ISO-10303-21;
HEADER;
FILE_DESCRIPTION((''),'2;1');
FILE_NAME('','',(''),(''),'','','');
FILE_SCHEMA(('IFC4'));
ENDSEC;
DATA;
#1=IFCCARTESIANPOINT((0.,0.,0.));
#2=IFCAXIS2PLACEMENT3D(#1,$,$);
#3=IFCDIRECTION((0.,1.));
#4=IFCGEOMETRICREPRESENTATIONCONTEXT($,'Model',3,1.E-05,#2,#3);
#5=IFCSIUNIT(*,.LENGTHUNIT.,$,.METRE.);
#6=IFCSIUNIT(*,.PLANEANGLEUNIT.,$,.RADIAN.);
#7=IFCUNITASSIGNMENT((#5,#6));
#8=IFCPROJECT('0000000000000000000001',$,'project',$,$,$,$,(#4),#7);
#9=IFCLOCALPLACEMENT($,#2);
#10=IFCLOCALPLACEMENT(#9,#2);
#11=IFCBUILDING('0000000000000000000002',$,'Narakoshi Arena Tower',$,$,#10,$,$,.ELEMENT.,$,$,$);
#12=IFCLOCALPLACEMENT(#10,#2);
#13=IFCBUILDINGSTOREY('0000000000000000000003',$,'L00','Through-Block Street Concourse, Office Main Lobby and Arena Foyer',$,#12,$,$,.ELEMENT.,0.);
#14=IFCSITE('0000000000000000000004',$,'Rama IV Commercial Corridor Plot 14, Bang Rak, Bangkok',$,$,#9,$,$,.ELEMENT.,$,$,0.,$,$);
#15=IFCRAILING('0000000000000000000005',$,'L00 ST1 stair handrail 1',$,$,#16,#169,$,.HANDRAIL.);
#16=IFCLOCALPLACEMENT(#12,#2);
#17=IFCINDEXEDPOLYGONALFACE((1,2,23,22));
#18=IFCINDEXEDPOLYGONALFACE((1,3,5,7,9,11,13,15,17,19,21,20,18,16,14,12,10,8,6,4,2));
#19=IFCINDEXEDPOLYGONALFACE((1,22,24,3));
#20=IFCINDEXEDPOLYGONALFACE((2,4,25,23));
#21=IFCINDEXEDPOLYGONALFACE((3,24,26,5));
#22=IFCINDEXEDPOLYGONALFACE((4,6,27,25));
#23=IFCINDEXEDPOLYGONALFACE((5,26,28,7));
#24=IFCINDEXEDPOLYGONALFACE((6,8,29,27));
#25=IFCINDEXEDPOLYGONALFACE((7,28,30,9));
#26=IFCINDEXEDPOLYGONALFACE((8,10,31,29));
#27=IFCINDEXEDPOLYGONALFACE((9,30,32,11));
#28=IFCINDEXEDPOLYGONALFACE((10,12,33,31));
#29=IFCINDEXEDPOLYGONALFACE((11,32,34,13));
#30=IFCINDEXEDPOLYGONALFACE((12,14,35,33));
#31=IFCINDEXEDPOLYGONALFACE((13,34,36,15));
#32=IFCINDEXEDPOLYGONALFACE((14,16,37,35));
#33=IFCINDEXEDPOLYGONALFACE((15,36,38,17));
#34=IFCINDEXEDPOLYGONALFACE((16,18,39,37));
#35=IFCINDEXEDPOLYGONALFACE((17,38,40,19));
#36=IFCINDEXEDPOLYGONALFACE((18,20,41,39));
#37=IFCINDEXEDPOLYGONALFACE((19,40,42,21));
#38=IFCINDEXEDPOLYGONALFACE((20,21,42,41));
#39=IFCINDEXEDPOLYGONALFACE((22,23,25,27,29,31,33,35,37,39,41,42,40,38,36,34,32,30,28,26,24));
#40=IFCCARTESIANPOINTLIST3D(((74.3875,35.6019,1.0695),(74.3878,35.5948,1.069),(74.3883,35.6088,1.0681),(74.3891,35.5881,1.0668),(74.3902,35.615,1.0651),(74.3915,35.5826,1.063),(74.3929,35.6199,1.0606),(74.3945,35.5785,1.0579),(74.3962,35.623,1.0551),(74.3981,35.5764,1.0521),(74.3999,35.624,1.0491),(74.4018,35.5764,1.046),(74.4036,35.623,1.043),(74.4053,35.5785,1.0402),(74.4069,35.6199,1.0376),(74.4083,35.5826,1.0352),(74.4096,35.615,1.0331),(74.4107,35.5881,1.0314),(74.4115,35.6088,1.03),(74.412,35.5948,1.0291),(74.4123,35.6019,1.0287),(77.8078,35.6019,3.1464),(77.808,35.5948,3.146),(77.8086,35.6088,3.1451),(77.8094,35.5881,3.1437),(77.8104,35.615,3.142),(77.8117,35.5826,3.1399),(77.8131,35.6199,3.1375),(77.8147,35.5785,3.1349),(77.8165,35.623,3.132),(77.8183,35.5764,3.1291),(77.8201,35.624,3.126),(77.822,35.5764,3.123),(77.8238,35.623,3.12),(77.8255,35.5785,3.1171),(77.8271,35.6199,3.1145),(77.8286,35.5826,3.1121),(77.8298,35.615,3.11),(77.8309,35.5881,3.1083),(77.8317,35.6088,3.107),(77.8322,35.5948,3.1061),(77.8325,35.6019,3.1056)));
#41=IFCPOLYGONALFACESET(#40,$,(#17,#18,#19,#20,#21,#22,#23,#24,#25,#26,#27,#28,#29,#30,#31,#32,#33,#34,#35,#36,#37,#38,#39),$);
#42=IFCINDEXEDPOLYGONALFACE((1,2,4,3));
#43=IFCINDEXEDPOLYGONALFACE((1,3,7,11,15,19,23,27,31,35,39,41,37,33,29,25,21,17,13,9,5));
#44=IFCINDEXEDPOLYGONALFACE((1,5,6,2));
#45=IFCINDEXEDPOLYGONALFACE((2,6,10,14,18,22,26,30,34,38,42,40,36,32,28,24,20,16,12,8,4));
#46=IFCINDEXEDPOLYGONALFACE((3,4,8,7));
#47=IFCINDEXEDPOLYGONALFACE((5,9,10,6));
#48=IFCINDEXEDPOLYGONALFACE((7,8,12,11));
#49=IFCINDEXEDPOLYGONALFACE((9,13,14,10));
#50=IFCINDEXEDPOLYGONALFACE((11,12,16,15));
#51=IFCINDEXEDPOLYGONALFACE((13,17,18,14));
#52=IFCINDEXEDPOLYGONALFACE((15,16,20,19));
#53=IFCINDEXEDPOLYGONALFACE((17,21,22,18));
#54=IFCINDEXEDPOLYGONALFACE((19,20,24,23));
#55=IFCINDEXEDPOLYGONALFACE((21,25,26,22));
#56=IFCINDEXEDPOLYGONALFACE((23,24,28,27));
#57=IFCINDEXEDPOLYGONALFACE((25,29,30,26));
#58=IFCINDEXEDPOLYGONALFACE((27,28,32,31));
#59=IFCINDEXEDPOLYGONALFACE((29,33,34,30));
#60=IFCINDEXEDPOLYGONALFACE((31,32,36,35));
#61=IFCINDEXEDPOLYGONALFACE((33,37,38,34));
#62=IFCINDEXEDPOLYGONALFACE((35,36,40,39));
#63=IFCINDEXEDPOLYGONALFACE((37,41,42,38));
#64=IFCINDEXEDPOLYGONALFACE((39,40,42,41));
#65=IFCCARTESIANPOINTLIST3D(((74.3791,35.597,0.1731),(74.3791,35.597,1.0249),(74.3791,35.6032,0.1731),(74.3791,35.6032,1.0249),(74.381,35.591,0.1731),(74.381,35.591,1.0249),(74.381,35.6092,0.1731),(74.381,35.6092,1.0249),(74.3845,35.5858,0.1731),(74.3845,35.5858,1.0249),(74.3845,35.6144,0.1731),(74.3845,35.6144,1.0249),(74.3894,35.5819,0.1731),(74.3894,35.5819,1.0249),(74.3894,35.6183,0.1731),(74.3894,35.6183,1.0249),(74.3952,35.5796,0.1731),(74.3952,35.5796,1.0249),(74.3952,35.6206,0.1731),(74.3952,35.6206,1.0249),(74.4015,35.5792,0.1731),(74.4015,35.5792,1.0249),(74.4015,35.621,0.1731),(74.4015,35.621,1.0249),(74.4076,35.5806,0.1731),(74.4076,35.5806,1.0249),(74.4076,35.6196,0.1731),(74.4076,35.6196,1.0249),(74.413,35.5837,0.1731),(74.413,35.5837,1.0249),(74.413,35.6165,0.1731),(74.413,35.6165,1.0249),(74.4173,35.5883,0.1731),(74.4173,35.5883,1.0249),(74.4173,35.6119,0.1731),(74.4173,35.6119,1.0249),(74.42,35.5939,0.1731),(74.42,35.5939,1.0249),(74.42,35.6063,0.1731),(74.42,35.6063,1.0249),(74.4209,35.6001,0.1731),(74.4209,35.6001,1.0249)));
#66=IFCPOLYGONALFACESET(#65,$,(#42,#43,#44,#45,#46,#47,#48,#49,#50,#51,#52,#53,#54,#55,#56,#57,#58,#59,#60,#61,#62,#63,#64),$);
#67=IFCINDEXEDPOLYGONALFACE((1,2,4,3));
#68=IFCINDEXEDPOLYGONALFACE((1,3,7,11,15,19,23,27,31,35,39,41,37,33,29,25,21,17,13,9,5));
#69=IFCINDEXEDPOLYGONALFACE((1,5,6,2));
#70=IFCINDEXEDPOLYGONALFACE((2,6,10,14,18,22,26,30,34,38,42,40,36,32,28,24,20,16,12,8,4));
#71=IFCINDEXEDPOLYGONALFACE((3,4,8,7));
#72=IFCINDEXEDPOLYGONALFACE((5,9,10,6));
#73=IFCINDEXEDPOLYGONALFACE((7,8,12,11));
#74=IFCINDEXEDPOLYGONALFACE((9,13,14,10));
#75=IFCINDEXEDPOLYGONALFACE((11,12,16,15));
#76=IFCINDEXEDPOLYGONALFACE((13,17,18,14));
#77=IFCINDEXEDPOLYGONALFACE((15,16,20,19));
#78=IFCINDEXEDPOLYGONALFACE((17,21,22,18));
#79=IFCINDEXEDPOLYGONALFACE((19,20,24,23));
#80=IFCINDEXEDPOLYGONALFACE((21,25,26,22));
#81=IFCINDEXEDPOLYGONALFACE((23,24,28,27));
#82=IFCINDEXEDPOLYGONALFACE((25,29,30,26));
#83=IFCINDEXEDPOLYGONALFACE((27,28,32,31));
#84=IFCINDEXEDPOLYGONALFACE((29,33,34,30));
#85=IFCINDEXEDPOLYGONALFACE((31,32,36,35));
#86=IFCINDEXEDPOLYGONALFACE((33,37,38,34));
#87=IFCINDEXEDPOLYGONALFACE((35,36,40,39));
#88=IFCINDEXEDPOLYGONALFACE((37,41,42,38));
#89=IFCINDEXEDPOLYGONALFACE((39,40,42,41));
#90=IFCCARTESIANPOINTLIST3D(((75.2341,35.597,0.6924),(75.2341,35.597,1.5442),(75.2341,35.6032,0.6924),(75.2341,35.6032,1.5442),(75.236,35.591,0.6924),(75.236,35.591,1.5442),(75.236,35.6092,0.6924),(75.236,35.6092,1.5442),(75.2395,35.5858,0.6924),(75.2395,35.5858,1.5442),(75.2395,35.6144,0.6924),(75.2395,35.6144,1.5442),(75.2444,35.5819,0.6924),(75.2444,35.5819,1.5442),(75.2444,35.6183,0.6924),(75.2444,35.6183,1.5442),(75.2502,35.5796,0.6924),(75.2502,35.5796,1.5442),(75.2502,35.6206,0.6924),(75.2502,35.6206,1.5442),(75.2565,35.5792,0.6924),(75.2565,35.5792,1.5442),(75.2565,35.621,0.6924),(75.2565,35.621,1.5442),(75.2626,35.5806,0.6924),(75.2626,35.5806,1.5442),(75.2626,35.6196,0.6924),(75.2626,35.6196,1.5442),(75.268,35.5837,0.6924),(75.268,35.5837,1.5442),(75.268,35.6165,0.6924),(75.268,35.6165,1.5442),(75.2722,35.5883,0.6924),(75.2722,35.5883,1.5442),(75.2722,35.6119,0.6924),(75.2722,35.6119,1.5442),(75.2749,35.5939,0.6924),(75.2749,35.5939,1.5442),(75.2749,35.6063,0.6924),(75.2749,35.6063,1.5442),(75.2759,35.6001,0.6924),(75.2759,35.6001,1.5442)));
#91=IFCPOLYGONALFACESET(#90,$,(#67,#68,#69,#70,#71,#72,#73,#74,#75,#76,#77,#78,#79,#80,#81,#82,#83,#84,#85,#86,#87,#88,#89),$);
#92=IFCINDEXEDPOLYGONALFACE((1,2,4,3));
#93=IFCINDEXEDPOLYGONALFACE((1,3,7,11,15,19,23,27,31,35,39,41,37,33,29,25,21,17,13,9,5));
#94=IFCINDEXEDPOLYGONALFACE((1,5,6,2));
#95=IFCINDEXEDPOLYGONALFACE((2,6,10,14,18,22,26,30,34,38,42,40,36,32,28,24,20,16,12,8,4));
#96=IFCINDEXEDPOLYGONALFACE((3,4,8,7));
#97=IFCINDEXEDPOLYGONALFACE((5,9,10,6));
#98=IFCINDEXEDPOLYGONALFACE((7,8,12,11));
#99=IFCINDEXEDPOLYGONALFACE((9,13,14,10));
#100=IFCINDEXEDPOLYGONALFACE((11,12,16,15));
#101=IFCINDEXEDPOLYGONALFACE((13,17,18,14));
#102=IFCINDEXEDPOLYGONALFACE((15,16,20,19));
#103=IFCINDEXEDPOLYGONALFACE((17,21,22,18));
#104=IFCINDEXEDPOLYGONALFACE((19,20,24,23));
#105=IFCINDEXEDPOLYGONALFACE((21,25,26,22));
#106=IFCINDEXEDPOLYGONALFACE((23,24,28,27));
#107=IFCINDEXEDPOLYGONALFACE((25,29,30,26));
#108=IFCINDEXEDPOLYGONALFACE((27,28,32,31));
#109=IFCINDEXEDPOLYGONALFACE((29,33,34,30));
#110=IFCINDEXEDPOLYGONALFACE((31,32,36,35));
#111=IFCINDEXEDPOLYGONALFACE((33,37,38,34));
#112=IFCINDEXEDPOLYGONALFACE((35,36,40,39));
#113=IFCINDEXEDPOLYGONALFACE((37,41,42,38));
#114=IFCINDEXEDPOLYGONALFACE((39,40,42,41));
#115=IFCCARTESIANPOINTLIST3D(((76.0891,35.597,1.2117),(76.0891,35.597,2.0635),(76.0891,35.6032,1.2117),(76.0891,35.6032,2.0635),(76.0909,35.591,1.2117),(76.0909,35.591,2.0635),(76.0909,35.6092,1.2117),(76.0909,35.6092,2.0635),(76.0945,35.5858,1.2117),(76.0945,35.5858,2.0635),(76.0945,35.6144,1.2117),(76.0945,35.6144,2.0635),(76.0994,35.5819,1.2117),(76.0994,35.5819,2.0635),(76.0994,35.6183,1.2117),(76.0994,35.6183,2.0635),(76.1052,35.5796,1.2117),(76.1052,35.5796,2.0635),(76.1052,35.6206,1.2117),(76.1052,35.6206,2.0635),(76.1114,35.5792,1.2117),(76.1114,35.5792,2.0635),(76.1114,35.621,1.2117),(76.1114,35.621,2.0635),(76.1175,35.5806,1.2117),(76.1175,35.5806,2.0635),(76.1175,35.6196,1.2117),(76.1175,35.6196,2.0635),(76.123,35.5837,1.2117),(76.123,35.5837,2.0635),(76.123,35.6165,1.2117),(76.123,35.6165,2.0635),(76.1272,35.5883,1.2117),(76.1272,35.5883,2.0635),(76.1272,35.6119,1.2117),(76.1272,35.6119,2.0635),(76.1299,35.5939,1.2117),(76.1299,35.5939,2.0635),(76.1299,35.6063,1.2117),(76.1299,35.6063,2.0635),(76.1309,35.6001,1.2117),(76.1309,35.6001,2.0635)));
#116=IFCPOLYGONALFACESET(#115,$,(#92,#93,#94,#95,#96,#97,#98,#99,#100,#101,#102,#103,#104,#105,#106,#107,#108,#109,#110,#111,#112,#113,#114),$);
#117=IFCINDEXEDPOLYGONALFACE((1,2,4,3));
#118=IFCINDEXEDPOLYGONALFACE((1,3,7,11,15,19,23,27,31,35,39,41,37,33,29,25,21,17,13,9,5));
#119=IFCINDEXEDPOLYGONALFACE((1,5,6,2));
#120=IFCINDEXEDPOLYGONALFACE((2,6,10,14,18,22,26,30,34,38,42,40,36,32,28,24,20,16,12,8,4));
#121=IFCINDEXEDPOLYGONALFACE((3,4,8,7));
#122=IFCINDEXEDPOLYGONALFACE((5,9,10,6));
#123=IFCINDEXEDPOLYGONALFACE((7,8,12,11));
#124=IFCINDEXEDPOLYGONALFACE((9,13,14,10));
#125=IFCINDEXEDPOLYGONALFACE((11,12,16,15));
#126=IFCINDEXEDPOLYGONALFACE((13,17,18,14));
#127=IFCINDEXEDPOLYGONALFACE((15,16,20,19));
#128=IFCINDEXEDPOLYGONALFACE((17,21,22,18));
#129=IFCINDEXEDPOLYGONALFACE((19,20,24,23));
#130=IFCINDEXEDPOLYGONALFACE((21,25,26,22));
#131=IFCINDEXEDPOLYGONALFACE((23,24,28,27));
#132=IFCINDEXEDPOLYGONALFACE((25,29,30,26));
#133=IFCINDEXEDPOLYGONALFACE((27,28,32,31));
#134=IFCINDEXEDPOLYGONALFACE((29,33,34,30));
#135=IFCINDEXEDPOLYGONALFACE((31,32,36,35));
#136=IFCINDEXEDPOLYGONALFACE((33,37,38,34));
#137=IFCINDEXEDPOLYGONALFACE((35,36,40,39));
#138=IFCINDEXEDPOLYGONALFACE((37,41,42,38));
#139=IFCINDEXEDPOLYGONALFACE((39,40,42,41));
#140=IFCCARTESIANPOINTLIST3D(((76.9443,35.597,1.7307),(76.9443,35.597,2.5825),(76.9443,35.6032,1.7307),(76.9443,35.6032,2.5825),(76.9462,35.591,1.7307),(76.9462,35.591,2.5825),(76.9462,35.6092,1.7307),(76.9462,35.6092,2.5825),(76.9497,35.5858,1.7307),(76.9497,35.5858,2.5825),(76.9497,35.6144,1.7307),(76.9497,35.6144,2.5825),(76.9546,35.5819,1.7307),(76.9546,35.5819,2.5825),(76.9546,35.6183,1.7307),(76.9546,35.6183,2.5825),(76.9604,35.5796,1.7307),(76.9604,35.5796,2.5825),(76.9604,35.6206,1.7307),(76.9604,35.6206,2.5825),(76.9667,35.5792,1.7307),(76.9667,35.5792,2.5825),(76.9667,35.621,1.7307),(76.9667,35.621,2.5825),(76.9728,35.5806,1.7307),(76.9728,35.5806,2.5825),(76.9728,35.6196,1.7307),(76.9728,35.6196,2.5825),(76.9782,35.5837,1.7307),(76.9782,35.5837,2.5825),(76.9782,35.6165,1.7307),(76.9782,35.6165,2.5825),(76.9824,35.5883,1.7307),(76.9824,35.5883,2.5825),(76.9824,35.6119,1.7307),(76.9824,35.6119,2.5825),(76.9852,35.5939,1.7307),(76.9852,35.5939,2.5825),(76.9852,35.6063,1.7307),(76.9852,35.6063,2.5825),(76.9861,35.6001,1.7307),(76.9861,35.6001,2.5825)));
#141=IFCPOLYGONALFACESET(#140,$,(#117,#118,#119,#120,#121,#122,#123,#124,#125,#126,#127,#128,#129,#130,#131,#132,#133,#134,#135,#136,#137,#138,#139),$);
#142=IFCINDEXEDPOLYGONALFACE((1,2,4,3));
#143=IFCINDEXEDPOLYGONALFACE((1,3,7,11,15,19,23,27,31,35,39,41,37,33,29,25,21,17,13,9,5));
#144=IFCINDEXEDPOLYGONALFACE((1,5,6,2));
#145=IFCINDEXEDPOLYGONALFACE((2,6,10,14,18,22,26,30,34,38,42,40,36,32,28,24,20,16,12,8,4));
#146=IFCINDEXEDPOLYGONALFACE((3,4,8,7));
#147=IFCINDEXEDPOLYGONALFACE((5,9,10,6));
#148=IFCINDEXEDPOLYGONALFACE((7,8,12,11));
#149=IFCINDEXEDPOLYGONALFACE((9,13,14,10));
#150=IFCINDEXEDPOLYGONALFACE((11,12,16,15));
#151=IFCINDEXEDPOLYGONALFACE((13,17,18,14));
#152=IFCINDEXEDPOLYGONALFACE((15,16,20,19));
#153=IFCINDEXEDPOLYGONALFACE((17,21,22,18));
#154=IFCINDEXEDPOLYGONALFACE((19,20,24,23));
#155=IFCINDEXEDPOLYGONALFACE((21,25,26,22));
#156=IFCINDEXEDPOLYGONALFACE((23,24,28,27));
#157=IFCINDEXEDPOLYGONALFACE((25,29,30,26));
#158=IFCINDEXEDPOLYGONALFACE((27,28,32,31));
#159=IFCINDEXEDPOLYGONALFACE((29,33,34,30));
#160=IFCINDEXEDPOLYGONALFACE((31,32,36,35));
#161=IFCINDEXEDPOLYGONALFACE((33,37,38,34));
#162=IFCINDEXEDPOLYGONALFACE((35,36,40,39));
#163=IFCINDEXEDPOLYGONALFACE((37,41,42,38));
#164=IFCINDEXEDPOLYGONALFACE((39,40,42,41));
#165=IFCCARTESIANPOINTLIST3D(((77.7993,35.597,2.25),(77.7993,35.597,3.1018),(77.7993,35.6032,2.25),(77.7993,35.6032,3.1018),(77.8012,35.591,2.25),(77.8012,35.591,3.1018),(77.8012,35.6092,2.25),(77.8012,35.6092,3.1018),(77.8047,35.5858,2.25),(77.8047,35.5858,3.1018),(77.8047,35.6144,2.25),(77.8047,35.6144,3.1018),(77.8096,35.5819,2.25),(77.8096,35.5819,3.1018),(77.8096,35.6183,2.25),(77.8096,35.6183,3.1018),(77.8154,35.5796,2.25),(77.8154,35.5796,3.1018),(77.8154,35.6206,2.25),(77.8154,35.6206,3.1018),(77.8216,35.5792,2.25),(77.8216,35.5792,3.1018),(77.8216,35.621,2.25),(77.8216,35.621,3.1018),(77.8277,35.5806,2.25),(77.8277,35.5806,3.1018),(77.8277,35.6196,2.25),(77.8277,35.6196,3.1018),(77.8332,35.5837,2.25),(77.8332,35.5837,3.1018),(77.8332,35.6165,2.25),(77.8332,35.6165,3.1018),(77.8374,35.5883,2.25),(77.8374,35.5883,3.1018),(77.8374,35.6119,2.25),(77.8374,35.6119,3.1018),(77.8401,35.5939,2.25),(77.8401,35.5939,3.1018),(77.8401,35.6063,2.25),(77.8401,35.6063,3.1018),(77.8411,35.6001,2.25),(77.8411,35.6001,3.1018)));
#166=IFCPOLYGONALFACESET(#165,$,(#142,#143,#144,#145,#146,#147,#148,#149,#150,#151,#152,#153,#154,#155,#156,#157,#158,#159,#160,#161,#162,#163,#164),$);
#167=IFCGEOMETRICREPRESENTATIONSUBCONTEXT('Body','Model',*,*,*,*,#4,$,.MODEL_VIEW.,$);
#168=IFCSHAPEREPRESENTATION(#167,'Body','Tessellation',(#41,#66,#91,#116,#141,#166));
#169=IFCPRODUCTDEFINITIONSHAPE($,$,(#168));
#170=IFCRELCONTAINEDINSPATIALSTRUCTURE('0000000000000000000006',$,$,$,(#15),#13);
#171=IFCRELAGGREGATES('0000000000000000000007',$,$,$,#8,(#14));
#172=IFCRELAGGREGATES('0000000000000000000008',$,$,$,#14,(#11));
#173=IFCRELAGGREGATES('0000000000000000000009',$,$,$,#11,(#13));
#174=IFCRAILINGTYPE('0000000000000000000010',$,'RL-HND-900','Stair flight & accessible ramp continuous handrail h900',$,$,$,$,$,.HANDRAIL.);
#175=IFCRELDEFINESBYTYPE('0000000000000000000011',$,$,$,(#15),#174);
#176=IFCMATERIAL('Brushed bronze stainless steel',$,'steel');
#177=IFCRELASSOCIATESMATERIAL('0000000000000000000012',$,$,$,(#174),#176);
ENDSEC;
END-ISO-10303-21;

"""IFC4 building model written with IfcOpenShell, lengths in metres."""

from ifc_helpers import new_model, si_unit, direction, frame, origin, origin_2d, place, context, subcontext, project, spatial, circle, extrude, material, type_object, element, save


model = new_model("IFC4")

# Units and contexts
model_context = context("Model", 3, precision=1e-05, world=origin(), true_north=direction((0.0, 1.0)))
body_context = subcontext(model_context, "Body", "Model", "MODEL_VIEW")
ifc_project = project(units=[si_unit("LENGTHUNIT", "METRE"), si_unit("PLANEANGLEUNIT", "RADIAN")], contexts=[model_context])

# Site, building, storey
site_placement = place(None, origin())
site = spatial("IfcSite", under=ifc_project, at=site_placement, Name="Rama IV Commercial Corridor Plot 14, Bang Rak, Bangkok", CompositionType="ELEMENT", RefElevation=0.0)
building_placement = place(site_placement, origin())
building = spatial("IfcBuilding", under=site, at=building_placement, Name="Narakoshi Arena Tower", CompositionType="ELEMENT")
storey_placement = place(building_placement, origin())
storey = spatial("IfcBuildingStorey", under=building, at=storey_placement, Name="L00", Description="Through-Block Street Concourse, Office Main Lobby and Arena Foyer", CompositionType="ELEMENT", Elevation=0.0)

# Railing
ifc_material_1 = material(Name="Brushed bronze stainless steel", Category="steel")
railing_type_1 = type_object("IfcRailingType", Name="RL-HND-900", Description="Stair flight & accessible ramp continuous handrail h900", PredefinedType="HANDRAIL", material=ifc_material_1)
for number, where, name in (
    (1, (74.3999, 35.6001, 0.1731), "L00 ST1 stair handrail 1"),
):
    element("IfcRailing", number, at=place(storey_placement, frame(where)), inside=storey, type_object=railing_type_1, Name=name, PredefinedType="HANDRAIL", context=body_context, shape_type="SweptSolid", body=[
        extrude(circle(Radius=0.0239, at=origin_2d()), frame((0.0, 0.0, 0.876), z_axis=(0.854746, 0.0, 0.519047), x_axis=(0.0, 1.0, 0.0)), (0.0, 0.0, 1.0), 4.0015),
        extrude(circle(Radius=0.021, at=origin_2d()), origin(), (0.0, 0.0, 1.0), 0.8518),
        extrude(circle(Radius=0.021, at=origin_2d()), frame((0.855, 0.0, 0.5193)), (0.0, 0.0, 1.0), 0.8518),
        extrude(circle(Radius=0.021, at=origin_2d()), frame((1.71, 0.0, 1.0386)), (0.0, 0.0, 1.0), 0.8518),
        extrude(circle(Radius=0.021, at=origin_2d()), frame((2.5652, 0.0, 1.5576)), (0.0, 0.0, 1.0), 0.8518),
        extrude(circle(Radius=0.021, at=origin_2d()), frame((3.4202, 0.0, 2.0769)), (0.0, 0.0, 1.0), 0.8518),
    ])

save(model, "model.ifc")
